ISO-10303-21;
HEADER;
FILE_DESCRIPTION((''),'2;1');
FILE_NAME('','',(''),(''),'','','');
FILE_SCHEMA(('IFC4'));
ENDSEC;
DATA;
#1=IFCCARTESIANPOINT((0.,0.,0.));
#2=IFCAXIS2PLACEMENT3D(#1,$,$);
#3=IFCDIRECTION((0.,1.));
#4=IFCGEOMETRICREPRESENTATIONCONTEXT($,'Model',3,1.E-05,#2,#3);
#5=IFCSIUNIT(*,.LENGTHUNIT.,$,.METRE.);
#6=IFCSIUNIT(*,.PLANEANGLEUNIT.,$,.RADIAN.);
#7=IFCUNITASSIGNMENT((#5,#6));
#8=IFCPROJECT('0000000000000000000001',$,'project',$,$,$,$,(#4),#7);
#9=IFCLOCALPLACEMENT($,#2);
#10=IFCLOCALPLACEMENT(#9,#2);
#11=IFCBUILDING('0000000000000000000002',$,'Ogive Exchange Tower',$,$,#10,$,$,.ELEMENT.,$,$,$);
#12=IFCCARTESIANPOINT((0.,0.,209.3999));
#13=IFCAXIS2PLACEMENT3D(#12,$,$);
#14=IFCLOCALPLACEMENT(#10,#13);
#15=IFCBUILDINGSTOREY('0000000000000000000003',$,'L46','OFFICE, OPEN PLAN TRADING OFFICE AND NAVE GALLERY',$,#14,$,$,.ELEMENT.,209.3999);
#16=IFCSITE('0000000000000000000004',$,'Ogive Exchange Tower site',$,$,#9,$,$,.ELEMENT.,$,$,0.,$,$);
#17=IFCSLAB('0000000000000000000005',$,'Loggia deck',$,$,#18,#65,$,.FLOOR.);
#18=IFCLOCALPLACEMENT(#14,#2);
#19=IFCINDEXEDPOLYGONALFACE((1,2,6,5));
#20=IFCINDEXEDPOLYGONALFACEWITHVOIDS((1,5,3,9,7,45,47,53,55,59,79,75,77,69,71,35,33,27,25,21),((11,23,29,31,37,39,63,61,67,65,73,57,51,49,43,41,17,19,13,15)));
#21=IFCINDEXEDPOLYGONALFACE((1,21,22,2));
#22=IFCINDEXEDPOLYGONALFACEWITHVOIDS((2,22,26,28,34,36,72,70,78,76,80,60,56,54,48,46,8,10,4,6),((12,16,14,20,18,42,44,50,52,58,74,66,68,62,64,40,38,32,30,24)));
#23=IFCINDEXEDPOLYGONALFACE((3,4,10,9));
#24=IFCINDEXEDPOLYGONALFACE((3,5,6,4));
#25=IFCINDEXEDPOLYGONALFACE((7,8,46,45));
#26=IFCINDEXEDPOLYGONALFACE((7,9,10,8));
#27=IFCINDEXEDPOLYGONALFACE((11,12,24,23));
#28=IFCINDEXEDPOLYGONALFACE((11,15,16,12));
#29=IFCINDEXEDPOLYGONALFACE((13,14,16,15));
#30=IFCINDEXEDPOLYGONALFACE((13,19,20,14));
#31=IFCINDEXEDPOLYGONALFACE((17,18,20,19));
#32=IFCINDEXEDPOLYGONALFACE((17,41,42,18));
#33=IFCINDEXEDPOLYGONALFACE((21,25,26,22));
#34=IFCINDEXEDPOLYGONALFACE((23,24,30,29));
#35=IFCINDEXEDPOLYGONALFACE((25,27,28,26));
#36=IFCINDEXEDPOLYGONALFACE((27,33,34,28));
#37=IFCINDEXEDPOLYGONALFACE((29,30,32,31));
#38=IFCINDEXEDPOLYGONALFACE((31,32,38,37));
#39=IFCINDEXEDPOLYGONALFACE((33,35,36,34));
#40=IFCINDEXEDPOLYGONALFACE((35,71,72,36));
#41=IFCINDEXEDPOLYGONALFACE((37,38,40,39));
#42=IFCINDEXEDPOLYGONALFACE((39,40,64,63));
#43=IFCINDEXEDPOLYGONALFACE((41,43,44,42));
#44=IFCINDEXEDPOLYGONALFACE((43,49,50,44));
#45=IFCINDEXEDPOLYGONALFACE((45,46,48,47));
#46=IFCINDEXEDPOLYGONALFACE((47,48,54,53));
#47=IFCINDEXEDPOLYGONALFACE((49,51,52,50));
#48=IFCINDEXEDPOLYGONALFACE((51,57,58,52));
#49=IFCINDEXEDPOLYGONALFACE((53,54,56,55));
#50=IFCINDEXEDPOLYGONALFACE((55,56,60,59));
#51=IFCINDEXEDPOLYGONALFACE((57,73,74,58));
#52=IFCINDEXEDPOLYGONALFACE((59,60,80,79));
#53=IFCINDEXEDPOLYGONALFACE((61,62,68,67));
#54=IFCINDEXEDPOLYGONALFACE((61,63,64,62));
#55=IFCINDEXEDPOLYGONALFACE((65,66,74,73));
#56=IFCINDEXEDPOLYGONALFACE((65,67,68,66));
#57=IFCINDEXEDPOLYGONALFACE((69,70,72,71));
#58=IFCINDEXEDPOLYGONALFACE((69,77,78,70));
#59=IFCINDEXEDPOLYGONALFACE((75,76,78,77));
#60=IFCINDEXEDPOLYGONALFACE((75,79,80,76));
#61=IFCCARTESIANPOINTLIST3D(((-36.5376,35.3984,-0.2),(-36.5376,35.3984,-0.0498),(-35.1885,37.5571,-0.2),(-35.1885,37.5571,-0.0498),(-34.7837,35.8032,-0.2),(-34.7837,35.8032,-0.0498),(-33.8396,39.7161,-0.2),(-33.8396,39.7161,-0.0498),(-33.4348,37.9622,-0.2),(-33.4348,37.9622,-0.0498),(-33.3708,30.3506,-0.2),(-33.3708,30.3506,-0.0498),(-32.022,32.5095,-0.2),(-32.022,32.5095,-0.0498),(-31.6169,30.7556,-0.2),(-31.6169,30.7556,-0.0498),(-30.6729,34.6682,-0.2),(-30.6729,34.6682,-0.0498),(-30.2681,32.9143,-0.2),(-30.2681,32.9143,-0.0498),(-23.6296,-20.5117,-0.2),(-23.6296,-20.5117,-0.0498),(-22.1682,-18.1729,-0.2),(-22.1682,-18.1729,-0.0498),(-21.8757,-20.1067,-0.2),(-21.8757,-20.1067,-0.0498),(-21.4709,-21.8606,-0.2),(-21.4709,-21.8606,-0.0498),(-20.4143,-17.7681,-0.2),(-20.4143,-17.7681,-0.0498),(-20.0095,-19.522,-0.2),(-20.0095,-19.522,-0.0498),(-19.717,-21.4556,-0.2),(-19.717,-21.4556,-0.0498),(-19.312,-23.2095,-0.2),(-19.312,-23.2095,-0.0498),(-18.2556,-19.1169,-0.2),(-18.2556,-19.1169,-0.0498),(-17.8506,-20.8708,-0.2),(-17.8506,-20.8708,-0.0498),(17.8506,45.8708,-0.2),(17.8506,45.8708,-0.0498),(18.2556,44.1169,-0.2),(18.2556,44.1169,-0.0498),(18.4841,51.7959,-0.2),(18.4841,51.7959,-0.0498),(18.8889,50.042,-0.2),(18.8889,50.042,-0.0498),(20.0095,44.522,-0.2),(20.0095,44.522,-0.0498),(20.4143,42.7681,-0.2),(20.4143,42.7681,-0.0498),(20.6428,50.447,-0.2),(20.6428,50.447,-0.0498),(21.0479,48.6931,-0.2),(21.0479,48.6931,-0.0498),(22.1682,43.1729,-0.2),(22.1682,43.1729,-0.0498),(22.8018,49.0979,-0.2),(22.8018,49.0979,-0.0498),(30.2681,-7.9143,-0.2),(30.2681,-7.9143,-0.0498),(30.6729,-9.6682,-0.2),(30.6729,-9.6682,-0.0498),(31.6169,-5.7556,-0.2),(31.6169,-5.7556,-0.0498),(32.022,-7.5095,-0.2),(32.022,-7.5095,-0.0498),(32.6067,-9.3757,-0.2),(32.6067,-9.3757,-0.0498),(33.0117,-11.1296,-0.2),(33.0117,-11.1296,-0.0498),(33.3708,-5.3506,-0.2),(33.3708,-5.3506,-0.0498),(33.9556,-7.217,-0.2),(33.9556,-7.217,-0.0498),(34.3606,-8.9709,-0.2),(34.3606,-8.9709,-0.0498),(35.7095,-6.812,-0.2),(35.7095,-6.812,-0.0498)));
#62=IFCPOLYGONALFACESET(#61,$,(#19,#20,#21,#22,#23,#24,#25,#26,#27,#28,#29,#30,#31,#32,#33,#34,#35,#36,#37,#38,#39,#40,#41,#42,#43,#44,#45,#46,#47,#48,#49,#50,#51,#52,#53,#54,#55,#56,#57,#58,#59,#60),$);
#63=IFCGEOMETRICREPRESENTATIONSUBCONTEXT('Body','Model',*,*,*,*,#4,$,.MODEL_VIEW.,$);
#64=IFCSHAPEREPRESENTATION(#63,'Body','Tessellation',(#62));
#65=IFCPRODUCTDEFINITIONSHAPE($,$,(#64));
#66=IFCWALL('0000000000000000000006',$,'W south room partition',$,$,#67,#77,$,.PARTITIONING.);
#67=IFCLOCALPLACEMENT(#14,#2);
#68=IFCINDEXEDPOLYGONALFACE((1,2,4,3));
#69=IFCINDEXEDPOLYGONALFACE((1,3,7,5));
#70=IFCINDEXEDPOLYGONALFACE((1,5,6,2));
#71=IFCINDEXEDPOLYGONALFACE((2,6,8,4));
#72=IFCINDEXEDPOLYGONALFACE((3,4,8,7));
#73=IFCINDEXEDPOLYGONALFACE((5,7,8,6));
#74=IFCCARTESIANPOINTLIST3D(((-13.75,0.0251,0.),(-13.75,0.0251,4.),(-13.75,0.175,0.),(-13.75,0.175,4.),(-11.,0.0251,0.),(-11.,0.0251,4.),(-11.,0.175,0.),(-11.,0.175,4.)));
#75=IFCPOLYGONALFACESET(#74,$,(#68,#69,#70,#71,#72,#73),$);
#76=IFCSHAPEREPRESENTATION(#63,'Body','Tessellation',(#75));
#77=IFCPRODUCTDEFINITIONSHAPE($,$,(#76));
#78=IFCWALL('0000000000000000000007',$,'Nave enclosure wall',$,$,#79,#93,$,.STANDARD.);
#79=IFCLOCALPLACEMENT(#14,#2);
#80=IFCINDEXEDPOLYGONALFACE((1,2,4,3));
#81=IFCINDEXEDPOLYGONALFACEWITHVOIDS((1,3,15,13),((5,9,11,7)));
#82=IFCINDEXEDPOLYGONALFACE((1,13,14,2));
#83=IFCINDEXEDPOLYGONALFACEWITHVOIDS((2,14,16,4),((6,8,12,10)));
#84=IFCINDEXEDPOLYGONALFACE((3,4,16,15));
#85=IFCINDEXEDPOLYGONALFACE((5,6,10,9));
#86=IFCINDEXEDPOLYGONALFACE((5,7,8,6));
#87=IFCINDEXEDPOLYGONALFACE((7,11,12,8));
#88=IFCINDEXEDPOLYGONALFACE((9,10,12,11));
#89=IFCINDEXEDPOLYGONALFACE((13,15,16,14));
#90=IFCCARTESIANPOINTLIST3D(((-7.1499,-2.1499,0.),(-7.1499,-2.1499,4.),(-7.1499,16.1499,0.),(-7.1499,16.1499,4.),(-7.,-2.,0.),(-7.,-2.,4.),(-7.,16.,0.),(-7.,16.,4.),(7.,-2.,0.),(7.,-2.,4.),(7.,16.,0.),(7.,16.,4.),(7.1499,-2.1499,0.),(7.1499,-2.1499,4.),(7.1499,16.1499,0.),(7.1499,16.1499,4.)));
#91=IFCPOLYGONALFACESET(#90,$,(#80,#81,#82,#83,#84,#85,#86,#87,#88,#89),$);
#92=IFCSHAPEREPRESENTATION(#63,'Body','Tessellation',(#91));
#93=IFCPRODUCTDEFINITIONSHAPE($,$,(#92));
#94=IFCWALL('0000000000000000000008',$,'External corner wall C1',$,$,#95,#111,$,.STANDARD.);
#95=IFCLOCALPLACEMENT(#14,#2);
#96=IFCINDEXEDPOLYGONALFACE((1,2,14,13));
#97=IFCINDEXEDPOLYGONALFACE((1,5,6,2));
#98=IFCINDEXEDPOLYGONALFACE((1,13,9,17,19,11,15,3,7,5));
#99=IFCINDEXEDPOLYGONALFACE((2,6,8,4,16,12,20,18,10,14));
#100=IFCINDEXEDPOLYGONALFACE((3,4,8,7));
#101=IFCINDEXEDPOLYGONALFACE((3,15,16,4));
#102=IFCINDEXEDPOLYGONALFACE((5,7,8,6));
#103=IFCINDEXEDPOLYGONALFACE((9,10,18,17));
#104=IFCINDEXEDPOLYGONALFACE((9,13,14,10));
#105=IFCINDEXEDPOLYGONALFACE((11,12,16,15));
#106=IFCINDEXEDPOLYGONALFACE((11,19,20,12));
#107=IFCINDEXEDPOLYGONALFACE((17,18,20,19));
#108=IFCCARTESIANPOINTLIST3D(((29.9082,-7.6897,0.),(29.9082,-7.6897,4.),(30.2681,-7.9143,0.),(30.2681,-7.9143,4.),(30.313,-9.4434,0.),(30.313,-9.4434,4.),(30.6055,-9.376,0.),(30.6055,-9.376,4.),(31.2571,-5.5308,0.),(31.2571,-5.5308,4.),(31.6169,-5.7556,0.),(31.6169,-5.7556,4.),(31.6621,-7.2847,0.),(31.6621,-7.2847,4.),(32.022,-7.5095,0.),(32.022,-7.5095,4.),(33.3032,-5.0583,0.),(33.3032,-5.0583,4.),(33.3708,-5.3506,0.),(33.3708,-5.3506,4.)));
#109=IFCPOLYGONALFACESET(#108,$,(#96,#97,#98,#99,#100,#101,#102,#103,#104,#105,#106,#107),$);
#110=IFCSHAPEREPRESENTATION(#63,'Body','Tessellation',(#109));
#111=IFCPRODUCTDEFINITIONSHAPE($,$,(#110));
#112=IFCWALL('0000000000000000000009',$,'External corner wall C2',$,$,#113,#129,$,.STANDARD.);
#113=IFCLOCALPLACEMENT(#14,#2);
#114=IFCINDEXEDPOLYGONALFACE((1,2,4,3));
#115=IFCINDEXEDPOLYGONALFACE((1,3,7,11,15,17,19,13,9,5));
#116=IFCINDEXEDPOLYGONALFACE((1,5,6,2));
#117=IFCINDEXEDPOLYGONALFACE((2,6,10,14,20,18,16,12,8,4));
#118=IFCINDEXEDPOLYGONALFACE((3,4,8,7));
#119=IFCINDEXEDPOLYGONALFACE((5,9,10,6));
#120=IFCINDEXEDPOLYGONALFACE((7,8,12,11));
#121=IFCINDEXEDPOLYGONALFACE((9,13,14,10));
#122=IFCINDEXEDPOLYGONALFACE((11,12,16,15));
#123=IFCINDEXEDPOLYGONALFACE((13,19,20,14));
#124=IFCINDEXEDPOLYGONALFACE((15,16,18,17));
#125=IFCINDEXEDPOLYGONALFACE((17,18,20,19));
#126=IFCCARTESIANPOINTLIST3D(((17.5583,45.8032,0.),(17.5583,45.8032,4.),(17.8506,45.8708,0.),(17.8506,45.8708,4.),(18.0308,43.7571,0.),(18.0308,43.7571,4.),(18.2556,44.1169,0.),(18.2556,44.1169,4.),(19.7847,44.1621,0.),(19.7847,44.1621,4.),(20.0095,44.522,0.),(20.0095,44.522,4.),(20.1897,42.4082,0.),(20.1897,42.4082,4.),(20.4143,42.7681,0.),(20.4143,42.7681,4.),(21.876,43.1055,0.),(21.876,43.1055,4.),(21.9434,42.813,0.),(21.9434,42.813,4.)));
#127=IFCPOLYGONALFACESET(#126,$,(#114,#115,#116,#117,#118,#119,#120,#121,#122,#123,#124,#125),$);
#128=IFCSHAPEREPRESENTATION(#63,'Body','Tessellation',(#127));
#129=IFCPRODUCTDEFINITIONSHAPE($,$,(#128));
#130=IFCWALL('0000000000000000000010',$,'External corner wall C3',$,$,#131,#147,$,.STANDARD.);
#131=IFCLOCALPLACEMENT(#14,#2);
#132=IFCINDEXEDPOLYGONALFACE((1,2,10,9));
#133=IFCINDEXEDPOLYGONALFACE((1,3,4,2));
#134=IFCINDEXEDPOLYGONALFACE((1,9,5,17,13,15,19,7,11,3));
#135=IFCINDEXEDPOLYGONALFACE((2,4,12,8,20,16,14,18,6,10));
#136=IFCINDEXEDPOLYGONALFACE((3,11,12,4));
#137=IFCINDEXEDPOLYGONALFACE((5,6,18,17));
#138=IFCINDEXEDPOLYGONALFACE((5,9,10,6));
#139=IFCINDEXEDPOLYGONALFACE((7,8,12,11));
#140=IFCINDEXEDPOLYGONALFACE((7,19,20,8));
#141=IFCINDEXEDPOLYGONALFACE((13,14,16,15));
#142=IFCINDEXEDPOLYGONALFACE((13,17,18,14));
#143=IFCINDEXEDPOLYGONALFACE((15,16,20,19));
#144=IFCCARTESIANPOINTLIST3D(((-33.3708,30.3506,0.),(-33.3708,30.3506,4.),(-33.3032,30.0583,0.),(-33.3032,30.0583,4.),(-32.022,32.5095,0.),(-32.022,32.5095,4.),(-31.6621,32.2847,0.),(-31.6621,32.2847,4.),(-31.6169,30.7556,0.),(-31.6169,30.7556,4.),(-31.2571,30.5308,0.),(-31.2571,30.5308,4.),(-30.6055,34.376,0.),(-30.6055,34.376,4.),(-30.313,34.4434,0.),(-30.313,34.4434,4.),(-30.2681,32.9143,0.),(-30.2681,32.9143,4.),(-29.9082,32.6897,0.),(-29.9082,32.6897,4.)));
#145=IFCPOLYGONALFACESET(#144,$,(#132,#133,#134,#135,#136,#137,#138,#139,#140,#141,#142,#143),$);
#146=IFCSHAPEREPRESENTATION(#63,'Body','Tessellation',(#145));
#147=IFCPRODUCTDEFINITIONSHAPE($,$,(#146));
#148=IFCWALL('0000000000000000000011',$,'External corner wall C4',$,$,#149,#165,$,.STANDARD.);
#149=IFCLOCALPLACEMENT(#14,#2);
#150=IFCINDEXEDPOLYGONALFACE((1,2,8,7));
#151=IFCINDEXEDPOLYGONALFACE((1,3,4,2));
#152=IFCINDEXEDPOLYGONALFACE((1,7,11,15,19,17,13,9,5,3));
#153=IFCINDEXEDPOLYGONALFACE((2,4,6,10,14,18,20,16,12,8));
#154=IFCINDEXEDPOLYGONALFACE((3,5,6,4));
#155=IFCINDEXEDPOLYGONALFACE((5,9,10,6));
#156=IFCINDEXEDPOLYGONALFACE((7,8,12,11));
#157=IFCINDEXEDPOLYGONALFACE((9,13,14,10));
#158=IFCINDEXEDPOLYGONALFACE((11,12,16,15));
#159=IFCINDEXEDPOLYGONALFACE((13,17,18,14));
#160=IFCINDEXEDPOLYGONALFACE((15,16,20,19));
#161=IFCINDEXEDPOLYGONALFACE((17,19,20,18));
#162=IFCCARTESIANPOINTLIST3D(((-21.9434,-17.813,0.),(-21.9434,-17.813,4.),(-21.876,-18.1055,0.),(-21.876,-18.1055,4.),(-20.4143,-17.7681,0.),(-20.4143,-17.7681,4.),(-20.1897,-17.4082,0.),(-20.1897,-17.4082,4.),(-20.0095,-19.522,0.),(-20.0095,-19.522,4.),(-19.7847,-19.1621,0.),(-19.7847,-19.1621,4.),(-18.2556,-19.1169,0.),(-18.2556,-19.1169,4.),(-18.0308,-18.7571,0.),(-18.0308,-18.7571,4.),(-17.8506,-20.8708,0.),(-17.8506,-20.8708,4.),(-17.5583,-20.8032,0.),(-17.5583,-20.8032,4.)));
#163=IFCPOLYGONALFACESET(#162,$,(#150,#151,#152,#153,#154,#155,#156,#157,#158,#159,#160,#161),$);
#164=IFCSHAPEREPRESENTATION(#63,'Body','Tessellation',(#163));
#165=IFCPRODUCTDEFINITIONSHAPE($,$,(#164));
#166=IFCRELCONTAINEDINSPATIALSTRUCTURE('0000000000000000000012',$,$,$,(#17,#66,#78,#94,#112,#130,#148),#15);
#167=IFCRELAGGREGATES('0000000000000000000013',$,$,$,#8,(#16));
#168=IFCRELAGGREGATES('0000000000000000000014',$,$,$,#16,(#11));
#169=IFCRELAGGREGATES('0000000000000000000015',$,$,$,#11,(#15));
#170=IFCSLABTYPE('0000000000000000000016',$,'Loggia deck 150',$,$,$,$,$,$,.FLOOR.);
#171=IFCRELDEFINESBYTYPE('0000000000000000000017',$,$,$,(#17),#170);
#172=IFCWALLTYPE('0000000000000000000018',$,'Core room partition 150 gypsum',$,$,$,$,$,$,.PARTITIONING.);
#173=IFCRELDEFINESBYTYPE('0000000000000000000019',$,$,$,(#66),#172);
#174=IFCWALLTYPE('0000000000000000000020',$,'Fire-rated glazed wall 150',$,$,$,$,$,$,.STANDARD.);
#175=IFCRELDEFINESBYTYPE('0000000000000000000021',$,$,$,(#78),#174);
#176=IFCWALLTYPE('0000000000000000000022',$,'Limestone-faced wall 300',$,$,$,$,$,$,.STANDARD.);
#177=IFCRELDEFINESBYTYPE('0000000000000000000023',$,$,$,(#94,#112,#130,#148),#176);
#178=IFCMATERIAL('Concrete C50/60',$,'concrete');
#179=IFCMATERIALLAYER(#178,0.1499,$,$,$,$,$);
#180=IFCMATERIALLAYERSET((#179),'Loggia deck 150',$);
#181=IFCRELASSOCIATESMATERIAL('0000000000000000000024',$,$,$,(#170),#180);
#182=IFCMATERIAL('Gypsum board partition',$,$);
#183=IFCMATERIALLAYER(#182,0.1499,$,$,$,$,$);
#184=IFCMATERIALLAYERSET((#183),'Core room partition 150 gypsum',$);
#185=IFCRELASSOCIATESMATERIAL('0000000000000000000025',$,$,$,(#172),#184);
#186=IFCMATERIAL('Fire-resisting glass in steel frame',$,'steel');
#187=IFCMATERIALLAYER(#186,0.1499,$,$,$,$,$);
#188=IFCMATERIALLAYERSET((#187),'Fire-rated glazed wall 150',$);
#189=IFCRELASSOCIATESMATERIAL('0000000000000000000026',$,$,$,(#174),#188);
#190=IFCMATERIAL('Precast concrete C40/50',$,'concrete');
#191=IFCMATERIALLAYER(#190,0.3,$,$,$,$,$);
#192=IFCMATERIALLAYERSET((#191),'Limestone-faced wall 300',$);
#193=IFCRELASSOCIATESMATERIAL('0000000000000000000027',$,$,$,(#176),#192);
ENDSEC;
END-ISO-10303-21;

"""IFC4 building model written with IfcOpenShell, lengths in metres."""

from ifc_helpers import new_model, si_unit, direction, frame, frame_2d, origin, place, context, subcontext, project, spatial, polyline, rectangle, outline, extrude, material, layer, layer_set, type_object, element, save


model = new_model("IFC4")

# Units and contexts
model_context = context("Model", 3, precision=1e-05, world=origin(), true_north=direction((0.0, 1.0)))
body_context = subcontext(model_context, "Body", "Model", "MODEL_VIEW")
ifc_project = project(units=[si_unit("LENGTHUNIT", "METRE"), si_unit("PLANEANGLEUNIT", "RADIAN")], contexts=[model_context])

# Site, building, storey
site_placement = place(None, origin())
site = spatial("IfcSite", under=ifc_project, at=site_placement, Name="Ogive Exchange Tower site", CompositionType="ELEMENT", RefElevation=0.0)
building_placement = place(site_placement, origin())
building = spatial("IfcBuilding", under=site, at=building_placement, Name="Ogive Exchange Tower", CompositionType="ELEMENT")
storey_placement = place(building_placement, frame((0.0, 0.0, 209.3999)))
storey = spatial("IfcBuildingStorey", under=building, at=storey_placement, Name="L46", Description="OFFICE, OPEN PLAN TRADING OFFICE AND NAVE GALLERY", CompositionType="ELEMENT", Elevation=209.3999)

# Slab
ifc_material_1 = material(Name="Concrete C50/60", Category="concrete")
ifc_layer_1 = layer(ifc_material_1, 0.1499)
ifc_layer_set_1 = layer_set([ifc_layer_1], Name="Loggia deck 150")
slab_type_1 = type_object("IfcSlabType", Name="Loggia deck 150", PredefinedType="FLOOR", material=ifc_layer_set_1)
slab_1_placement = place(storey_placement, frame((0.0, 0.0, -0.2)))
element("IfcSlab", 1, at=slab_1_placement, inside=storey, type_object=slab_type_1, Name="Loggia deck", PredefinedType="FLOOR", context=body_context, shape_type="SweptSolid", body=[
    extrude(outline(polyline([(-19.717, -21.4556), (-21.4709, -21.8606), (-21.8757, -20.1067), (-23.6296, -20.5117), (-36.5376, 35.3984), (-34.7837, 35.8032), (-35.1885, 37.5571), (-33.4348, 37.9622), (-33.8396, 39.7161), (18.4841, 51.7959), (18.8889, 50.042), (20.6428, 50.447), (21.0479, 48.6931), (22.8018, 49.0979), (35.7095, -6.812), (33.9556, -7.217), (34.3606, -8.9709), (32.6067, -9.3757), (33.0117, -11.1296), (-19.312, -23.2095), (-19.717, -21.4556)]), holes=[polyline([(30.2681, -7.9143), (32.022, -7.5095), (31.6169, -5.7556), (33.3708, -5.3506), (22.1682, 43.1729), (20.4143, 42.7681), (20.0095, 44.522), (18.2556, 44.1169), (17.8506, 45.8708), (-30.6729, 34.6682), (-30.2681, 32.9143), (-32.022, 32.5095), (-31.6169, 30.7556), (-33.3708, 30.3506), (-22.1682, -18.1729), (-20.4143, -17.7681), (-20.0095, -19.522), (-18.2556, -19.1169), (-17.8506, -20.8708), (30.6729, -9.6682), (30.2681, -7.9143)])]), origin(), (0.0, 0.0, 1.0), 0.1501),
])

# Walls
ifc_material_2 = material(Name="Gypsum board partition")
ifc_layer_2 = layer(ifc_material_2, 0.1499)
ifc_layer_set_2 = layer_set([ifc_layer_2], Name="Core room partition 150 gypsum")
wall_type_1 = type_object("IfcWallType", Name="Core room partition 150 gypsum", PredefinedType="PARTITIONING", material=ifc_layer_set_2)
wall_1_placement = place(storey_placement, frame((-13.75, 0.1001, 0.0), z_axis=(0.0, 0.0, 1.0), x_axis=(1.0, 0.0, 0.0)))
element("IfcWall", 2, at=wall_1_placement, inside=storey, type_object=wall_type_1, Name="W south room partition", PredefinedType="PARTITIONING", context=body_context, shape_type="SweptSolid", body=[
    extrude(rectangle(XDim=2.75, YDim=0.1499, at=frame_2d((1.375, 0.0))), origin(), (0.0, 0.0, 1.0), 4.0),
])
ifc_material_3 = material(Name="Fire-resisting glass in steel frame", Category="steel")
ifc_layer_3 = layer(ifc_material_3, 0.1499)
ifc_layer_set_3 = layer_set([ifc_layer_3], Name="Fire-rated glazed wall 150")
wall_type_2 = type_object("IfcWallType", Name="Fire-rated glazed wall 150", PredefinedType="STANDARD", material=ifc_layer_set_3)
wall_2_placement = place(storey_placement, origin())
element("IfcWall", 3, at=wall_2_placement, inside=storey, type_object=wall_type_2, Name="Nave enclosure wall", PredefinedType="STANDARD", context=body_context, shape_type="SweptSolid", body=[
    extrude(outline(polyline([(-7.1499, -2.1499), (7.1499, -2.1499), (7.1499, 16.1499), (-7.1499, 16.1499), (-7.1499, -2.1499)]), holes=[polyline([(-7.0, -2.0), (-7.0, 16.0), (7.0, 16.0), (7.0, -2.0), (-7.0, -2.0)])]), origin(), (0.0, 0.0, 1.0), 4.0),
])
ifc_material_4 = material(Name="Precast concrete C40/50", Category="concrete")
ifc_layer_4 = layer(ifc_material_4, 0.3)
ifc_layer_set_4 = layer_set([ifc_layer_4], Name="Limestone-faced wall 300")
wall_type_3 = type_object("IfcWallType", Name="Limestone-faced wall 300", PredefinedType="STANDARD", material=ifc_layer_set_4)
wall_3_placement = place(storey_placement, origin())
element("IfcWall", 4, at=wall_3_placement, inside=storey, type_object=wall_type_3, Name="External corner wall C1", PredefinedType="STANDARD", context=body_context, shape_type="SweptSolid", body=[
    extrude(outline(polyline([(31.6621, -7.2847), (31.2571, -5.5308), (33.3032, -5.0583), (33.3708, -5.3506), (31.6169, -5.7556), (32.022, -7.5095), (30.2681, -7.9143), (30.6055, -9.376), (30.313, -9.4434), (29.9082, -7.6897), (31.6621, -7.2847)])), origin(), (0.0, 0.0, 1.0), 4.0),
])
wall_4_placement = place(storey_placement, origin())
element("IfcWall", 5, at=wall_4_placement, inside=storey, type_object=wall_type_3, Name="External corner wall C2", PredefinedType="STANDARD", context=body_context, shape_type="SweptSolid", body=[
    extrude(outline(polyline([(19.7847, 44.1621), (18.0308, 43.7571), (17.5583, 45.8032), (17.8506, 45.8708), (18.2556, 44.1169), (20.0095, 44.522), (20.4143, 42.7681), (21.876, 43.1055), (21.9434, 42.813), (20.1897, 42.4082), (19.7847, 44.1621)])), origin(), (0.0, 0.0, 1.0), 4.0),
])
wall_5_placement = place(storey_placement, origin())
element("IfcWall", 6, at=wall_5_placement, inside=storey, type_object=wall_type_3, Name="External corner wall C3", PredefinedType="STANDARD", context=body_context, shape_type="SweptSolid", body=[
    extrude(outline(polyline([(-31.6169, 30.7556), (-32.022, 32.5095), (-30.2681, 32.9143), (-30.6055, 34.376), (-30.313, 34.4434), (-29.9082, 32.6897), (-31.6621, 32.2847), (-31.2571, 30.5308), (-33.3032, 30.0583), (-33.3708, 30.3506), (-31.6169, 30.7556)])), origin(), (0.0, 0.0, 1.0), 4.0),
])
wall_6_placement = place(storey_placement, origin())
element("IfcWall", 7, at=wall_6_placement, inside=storey, type_object=wall_type_3, Name="External corner wall C4", PredefinedType="STANDARD", context=body_context, shape_type="SweptSolid", body=[
    extrude(outline(polyline([(-18.2556, -19.1169), (-20.0095, -19.522), (-20.4143, -17.7681), (-21.876, -18.1055), (-21.9434, -17.813), (-20.1897, -17.4082), (-19.7847, -19.1621), (-18.0308, -18.7571), (-17.5583, -20.8032), (-17.8506, -20.8708), (-18.2556, -19.1169)])), origin(), (0.0, 0.0, 1.0), 4.0),
])

save(model, "model.ifc")
